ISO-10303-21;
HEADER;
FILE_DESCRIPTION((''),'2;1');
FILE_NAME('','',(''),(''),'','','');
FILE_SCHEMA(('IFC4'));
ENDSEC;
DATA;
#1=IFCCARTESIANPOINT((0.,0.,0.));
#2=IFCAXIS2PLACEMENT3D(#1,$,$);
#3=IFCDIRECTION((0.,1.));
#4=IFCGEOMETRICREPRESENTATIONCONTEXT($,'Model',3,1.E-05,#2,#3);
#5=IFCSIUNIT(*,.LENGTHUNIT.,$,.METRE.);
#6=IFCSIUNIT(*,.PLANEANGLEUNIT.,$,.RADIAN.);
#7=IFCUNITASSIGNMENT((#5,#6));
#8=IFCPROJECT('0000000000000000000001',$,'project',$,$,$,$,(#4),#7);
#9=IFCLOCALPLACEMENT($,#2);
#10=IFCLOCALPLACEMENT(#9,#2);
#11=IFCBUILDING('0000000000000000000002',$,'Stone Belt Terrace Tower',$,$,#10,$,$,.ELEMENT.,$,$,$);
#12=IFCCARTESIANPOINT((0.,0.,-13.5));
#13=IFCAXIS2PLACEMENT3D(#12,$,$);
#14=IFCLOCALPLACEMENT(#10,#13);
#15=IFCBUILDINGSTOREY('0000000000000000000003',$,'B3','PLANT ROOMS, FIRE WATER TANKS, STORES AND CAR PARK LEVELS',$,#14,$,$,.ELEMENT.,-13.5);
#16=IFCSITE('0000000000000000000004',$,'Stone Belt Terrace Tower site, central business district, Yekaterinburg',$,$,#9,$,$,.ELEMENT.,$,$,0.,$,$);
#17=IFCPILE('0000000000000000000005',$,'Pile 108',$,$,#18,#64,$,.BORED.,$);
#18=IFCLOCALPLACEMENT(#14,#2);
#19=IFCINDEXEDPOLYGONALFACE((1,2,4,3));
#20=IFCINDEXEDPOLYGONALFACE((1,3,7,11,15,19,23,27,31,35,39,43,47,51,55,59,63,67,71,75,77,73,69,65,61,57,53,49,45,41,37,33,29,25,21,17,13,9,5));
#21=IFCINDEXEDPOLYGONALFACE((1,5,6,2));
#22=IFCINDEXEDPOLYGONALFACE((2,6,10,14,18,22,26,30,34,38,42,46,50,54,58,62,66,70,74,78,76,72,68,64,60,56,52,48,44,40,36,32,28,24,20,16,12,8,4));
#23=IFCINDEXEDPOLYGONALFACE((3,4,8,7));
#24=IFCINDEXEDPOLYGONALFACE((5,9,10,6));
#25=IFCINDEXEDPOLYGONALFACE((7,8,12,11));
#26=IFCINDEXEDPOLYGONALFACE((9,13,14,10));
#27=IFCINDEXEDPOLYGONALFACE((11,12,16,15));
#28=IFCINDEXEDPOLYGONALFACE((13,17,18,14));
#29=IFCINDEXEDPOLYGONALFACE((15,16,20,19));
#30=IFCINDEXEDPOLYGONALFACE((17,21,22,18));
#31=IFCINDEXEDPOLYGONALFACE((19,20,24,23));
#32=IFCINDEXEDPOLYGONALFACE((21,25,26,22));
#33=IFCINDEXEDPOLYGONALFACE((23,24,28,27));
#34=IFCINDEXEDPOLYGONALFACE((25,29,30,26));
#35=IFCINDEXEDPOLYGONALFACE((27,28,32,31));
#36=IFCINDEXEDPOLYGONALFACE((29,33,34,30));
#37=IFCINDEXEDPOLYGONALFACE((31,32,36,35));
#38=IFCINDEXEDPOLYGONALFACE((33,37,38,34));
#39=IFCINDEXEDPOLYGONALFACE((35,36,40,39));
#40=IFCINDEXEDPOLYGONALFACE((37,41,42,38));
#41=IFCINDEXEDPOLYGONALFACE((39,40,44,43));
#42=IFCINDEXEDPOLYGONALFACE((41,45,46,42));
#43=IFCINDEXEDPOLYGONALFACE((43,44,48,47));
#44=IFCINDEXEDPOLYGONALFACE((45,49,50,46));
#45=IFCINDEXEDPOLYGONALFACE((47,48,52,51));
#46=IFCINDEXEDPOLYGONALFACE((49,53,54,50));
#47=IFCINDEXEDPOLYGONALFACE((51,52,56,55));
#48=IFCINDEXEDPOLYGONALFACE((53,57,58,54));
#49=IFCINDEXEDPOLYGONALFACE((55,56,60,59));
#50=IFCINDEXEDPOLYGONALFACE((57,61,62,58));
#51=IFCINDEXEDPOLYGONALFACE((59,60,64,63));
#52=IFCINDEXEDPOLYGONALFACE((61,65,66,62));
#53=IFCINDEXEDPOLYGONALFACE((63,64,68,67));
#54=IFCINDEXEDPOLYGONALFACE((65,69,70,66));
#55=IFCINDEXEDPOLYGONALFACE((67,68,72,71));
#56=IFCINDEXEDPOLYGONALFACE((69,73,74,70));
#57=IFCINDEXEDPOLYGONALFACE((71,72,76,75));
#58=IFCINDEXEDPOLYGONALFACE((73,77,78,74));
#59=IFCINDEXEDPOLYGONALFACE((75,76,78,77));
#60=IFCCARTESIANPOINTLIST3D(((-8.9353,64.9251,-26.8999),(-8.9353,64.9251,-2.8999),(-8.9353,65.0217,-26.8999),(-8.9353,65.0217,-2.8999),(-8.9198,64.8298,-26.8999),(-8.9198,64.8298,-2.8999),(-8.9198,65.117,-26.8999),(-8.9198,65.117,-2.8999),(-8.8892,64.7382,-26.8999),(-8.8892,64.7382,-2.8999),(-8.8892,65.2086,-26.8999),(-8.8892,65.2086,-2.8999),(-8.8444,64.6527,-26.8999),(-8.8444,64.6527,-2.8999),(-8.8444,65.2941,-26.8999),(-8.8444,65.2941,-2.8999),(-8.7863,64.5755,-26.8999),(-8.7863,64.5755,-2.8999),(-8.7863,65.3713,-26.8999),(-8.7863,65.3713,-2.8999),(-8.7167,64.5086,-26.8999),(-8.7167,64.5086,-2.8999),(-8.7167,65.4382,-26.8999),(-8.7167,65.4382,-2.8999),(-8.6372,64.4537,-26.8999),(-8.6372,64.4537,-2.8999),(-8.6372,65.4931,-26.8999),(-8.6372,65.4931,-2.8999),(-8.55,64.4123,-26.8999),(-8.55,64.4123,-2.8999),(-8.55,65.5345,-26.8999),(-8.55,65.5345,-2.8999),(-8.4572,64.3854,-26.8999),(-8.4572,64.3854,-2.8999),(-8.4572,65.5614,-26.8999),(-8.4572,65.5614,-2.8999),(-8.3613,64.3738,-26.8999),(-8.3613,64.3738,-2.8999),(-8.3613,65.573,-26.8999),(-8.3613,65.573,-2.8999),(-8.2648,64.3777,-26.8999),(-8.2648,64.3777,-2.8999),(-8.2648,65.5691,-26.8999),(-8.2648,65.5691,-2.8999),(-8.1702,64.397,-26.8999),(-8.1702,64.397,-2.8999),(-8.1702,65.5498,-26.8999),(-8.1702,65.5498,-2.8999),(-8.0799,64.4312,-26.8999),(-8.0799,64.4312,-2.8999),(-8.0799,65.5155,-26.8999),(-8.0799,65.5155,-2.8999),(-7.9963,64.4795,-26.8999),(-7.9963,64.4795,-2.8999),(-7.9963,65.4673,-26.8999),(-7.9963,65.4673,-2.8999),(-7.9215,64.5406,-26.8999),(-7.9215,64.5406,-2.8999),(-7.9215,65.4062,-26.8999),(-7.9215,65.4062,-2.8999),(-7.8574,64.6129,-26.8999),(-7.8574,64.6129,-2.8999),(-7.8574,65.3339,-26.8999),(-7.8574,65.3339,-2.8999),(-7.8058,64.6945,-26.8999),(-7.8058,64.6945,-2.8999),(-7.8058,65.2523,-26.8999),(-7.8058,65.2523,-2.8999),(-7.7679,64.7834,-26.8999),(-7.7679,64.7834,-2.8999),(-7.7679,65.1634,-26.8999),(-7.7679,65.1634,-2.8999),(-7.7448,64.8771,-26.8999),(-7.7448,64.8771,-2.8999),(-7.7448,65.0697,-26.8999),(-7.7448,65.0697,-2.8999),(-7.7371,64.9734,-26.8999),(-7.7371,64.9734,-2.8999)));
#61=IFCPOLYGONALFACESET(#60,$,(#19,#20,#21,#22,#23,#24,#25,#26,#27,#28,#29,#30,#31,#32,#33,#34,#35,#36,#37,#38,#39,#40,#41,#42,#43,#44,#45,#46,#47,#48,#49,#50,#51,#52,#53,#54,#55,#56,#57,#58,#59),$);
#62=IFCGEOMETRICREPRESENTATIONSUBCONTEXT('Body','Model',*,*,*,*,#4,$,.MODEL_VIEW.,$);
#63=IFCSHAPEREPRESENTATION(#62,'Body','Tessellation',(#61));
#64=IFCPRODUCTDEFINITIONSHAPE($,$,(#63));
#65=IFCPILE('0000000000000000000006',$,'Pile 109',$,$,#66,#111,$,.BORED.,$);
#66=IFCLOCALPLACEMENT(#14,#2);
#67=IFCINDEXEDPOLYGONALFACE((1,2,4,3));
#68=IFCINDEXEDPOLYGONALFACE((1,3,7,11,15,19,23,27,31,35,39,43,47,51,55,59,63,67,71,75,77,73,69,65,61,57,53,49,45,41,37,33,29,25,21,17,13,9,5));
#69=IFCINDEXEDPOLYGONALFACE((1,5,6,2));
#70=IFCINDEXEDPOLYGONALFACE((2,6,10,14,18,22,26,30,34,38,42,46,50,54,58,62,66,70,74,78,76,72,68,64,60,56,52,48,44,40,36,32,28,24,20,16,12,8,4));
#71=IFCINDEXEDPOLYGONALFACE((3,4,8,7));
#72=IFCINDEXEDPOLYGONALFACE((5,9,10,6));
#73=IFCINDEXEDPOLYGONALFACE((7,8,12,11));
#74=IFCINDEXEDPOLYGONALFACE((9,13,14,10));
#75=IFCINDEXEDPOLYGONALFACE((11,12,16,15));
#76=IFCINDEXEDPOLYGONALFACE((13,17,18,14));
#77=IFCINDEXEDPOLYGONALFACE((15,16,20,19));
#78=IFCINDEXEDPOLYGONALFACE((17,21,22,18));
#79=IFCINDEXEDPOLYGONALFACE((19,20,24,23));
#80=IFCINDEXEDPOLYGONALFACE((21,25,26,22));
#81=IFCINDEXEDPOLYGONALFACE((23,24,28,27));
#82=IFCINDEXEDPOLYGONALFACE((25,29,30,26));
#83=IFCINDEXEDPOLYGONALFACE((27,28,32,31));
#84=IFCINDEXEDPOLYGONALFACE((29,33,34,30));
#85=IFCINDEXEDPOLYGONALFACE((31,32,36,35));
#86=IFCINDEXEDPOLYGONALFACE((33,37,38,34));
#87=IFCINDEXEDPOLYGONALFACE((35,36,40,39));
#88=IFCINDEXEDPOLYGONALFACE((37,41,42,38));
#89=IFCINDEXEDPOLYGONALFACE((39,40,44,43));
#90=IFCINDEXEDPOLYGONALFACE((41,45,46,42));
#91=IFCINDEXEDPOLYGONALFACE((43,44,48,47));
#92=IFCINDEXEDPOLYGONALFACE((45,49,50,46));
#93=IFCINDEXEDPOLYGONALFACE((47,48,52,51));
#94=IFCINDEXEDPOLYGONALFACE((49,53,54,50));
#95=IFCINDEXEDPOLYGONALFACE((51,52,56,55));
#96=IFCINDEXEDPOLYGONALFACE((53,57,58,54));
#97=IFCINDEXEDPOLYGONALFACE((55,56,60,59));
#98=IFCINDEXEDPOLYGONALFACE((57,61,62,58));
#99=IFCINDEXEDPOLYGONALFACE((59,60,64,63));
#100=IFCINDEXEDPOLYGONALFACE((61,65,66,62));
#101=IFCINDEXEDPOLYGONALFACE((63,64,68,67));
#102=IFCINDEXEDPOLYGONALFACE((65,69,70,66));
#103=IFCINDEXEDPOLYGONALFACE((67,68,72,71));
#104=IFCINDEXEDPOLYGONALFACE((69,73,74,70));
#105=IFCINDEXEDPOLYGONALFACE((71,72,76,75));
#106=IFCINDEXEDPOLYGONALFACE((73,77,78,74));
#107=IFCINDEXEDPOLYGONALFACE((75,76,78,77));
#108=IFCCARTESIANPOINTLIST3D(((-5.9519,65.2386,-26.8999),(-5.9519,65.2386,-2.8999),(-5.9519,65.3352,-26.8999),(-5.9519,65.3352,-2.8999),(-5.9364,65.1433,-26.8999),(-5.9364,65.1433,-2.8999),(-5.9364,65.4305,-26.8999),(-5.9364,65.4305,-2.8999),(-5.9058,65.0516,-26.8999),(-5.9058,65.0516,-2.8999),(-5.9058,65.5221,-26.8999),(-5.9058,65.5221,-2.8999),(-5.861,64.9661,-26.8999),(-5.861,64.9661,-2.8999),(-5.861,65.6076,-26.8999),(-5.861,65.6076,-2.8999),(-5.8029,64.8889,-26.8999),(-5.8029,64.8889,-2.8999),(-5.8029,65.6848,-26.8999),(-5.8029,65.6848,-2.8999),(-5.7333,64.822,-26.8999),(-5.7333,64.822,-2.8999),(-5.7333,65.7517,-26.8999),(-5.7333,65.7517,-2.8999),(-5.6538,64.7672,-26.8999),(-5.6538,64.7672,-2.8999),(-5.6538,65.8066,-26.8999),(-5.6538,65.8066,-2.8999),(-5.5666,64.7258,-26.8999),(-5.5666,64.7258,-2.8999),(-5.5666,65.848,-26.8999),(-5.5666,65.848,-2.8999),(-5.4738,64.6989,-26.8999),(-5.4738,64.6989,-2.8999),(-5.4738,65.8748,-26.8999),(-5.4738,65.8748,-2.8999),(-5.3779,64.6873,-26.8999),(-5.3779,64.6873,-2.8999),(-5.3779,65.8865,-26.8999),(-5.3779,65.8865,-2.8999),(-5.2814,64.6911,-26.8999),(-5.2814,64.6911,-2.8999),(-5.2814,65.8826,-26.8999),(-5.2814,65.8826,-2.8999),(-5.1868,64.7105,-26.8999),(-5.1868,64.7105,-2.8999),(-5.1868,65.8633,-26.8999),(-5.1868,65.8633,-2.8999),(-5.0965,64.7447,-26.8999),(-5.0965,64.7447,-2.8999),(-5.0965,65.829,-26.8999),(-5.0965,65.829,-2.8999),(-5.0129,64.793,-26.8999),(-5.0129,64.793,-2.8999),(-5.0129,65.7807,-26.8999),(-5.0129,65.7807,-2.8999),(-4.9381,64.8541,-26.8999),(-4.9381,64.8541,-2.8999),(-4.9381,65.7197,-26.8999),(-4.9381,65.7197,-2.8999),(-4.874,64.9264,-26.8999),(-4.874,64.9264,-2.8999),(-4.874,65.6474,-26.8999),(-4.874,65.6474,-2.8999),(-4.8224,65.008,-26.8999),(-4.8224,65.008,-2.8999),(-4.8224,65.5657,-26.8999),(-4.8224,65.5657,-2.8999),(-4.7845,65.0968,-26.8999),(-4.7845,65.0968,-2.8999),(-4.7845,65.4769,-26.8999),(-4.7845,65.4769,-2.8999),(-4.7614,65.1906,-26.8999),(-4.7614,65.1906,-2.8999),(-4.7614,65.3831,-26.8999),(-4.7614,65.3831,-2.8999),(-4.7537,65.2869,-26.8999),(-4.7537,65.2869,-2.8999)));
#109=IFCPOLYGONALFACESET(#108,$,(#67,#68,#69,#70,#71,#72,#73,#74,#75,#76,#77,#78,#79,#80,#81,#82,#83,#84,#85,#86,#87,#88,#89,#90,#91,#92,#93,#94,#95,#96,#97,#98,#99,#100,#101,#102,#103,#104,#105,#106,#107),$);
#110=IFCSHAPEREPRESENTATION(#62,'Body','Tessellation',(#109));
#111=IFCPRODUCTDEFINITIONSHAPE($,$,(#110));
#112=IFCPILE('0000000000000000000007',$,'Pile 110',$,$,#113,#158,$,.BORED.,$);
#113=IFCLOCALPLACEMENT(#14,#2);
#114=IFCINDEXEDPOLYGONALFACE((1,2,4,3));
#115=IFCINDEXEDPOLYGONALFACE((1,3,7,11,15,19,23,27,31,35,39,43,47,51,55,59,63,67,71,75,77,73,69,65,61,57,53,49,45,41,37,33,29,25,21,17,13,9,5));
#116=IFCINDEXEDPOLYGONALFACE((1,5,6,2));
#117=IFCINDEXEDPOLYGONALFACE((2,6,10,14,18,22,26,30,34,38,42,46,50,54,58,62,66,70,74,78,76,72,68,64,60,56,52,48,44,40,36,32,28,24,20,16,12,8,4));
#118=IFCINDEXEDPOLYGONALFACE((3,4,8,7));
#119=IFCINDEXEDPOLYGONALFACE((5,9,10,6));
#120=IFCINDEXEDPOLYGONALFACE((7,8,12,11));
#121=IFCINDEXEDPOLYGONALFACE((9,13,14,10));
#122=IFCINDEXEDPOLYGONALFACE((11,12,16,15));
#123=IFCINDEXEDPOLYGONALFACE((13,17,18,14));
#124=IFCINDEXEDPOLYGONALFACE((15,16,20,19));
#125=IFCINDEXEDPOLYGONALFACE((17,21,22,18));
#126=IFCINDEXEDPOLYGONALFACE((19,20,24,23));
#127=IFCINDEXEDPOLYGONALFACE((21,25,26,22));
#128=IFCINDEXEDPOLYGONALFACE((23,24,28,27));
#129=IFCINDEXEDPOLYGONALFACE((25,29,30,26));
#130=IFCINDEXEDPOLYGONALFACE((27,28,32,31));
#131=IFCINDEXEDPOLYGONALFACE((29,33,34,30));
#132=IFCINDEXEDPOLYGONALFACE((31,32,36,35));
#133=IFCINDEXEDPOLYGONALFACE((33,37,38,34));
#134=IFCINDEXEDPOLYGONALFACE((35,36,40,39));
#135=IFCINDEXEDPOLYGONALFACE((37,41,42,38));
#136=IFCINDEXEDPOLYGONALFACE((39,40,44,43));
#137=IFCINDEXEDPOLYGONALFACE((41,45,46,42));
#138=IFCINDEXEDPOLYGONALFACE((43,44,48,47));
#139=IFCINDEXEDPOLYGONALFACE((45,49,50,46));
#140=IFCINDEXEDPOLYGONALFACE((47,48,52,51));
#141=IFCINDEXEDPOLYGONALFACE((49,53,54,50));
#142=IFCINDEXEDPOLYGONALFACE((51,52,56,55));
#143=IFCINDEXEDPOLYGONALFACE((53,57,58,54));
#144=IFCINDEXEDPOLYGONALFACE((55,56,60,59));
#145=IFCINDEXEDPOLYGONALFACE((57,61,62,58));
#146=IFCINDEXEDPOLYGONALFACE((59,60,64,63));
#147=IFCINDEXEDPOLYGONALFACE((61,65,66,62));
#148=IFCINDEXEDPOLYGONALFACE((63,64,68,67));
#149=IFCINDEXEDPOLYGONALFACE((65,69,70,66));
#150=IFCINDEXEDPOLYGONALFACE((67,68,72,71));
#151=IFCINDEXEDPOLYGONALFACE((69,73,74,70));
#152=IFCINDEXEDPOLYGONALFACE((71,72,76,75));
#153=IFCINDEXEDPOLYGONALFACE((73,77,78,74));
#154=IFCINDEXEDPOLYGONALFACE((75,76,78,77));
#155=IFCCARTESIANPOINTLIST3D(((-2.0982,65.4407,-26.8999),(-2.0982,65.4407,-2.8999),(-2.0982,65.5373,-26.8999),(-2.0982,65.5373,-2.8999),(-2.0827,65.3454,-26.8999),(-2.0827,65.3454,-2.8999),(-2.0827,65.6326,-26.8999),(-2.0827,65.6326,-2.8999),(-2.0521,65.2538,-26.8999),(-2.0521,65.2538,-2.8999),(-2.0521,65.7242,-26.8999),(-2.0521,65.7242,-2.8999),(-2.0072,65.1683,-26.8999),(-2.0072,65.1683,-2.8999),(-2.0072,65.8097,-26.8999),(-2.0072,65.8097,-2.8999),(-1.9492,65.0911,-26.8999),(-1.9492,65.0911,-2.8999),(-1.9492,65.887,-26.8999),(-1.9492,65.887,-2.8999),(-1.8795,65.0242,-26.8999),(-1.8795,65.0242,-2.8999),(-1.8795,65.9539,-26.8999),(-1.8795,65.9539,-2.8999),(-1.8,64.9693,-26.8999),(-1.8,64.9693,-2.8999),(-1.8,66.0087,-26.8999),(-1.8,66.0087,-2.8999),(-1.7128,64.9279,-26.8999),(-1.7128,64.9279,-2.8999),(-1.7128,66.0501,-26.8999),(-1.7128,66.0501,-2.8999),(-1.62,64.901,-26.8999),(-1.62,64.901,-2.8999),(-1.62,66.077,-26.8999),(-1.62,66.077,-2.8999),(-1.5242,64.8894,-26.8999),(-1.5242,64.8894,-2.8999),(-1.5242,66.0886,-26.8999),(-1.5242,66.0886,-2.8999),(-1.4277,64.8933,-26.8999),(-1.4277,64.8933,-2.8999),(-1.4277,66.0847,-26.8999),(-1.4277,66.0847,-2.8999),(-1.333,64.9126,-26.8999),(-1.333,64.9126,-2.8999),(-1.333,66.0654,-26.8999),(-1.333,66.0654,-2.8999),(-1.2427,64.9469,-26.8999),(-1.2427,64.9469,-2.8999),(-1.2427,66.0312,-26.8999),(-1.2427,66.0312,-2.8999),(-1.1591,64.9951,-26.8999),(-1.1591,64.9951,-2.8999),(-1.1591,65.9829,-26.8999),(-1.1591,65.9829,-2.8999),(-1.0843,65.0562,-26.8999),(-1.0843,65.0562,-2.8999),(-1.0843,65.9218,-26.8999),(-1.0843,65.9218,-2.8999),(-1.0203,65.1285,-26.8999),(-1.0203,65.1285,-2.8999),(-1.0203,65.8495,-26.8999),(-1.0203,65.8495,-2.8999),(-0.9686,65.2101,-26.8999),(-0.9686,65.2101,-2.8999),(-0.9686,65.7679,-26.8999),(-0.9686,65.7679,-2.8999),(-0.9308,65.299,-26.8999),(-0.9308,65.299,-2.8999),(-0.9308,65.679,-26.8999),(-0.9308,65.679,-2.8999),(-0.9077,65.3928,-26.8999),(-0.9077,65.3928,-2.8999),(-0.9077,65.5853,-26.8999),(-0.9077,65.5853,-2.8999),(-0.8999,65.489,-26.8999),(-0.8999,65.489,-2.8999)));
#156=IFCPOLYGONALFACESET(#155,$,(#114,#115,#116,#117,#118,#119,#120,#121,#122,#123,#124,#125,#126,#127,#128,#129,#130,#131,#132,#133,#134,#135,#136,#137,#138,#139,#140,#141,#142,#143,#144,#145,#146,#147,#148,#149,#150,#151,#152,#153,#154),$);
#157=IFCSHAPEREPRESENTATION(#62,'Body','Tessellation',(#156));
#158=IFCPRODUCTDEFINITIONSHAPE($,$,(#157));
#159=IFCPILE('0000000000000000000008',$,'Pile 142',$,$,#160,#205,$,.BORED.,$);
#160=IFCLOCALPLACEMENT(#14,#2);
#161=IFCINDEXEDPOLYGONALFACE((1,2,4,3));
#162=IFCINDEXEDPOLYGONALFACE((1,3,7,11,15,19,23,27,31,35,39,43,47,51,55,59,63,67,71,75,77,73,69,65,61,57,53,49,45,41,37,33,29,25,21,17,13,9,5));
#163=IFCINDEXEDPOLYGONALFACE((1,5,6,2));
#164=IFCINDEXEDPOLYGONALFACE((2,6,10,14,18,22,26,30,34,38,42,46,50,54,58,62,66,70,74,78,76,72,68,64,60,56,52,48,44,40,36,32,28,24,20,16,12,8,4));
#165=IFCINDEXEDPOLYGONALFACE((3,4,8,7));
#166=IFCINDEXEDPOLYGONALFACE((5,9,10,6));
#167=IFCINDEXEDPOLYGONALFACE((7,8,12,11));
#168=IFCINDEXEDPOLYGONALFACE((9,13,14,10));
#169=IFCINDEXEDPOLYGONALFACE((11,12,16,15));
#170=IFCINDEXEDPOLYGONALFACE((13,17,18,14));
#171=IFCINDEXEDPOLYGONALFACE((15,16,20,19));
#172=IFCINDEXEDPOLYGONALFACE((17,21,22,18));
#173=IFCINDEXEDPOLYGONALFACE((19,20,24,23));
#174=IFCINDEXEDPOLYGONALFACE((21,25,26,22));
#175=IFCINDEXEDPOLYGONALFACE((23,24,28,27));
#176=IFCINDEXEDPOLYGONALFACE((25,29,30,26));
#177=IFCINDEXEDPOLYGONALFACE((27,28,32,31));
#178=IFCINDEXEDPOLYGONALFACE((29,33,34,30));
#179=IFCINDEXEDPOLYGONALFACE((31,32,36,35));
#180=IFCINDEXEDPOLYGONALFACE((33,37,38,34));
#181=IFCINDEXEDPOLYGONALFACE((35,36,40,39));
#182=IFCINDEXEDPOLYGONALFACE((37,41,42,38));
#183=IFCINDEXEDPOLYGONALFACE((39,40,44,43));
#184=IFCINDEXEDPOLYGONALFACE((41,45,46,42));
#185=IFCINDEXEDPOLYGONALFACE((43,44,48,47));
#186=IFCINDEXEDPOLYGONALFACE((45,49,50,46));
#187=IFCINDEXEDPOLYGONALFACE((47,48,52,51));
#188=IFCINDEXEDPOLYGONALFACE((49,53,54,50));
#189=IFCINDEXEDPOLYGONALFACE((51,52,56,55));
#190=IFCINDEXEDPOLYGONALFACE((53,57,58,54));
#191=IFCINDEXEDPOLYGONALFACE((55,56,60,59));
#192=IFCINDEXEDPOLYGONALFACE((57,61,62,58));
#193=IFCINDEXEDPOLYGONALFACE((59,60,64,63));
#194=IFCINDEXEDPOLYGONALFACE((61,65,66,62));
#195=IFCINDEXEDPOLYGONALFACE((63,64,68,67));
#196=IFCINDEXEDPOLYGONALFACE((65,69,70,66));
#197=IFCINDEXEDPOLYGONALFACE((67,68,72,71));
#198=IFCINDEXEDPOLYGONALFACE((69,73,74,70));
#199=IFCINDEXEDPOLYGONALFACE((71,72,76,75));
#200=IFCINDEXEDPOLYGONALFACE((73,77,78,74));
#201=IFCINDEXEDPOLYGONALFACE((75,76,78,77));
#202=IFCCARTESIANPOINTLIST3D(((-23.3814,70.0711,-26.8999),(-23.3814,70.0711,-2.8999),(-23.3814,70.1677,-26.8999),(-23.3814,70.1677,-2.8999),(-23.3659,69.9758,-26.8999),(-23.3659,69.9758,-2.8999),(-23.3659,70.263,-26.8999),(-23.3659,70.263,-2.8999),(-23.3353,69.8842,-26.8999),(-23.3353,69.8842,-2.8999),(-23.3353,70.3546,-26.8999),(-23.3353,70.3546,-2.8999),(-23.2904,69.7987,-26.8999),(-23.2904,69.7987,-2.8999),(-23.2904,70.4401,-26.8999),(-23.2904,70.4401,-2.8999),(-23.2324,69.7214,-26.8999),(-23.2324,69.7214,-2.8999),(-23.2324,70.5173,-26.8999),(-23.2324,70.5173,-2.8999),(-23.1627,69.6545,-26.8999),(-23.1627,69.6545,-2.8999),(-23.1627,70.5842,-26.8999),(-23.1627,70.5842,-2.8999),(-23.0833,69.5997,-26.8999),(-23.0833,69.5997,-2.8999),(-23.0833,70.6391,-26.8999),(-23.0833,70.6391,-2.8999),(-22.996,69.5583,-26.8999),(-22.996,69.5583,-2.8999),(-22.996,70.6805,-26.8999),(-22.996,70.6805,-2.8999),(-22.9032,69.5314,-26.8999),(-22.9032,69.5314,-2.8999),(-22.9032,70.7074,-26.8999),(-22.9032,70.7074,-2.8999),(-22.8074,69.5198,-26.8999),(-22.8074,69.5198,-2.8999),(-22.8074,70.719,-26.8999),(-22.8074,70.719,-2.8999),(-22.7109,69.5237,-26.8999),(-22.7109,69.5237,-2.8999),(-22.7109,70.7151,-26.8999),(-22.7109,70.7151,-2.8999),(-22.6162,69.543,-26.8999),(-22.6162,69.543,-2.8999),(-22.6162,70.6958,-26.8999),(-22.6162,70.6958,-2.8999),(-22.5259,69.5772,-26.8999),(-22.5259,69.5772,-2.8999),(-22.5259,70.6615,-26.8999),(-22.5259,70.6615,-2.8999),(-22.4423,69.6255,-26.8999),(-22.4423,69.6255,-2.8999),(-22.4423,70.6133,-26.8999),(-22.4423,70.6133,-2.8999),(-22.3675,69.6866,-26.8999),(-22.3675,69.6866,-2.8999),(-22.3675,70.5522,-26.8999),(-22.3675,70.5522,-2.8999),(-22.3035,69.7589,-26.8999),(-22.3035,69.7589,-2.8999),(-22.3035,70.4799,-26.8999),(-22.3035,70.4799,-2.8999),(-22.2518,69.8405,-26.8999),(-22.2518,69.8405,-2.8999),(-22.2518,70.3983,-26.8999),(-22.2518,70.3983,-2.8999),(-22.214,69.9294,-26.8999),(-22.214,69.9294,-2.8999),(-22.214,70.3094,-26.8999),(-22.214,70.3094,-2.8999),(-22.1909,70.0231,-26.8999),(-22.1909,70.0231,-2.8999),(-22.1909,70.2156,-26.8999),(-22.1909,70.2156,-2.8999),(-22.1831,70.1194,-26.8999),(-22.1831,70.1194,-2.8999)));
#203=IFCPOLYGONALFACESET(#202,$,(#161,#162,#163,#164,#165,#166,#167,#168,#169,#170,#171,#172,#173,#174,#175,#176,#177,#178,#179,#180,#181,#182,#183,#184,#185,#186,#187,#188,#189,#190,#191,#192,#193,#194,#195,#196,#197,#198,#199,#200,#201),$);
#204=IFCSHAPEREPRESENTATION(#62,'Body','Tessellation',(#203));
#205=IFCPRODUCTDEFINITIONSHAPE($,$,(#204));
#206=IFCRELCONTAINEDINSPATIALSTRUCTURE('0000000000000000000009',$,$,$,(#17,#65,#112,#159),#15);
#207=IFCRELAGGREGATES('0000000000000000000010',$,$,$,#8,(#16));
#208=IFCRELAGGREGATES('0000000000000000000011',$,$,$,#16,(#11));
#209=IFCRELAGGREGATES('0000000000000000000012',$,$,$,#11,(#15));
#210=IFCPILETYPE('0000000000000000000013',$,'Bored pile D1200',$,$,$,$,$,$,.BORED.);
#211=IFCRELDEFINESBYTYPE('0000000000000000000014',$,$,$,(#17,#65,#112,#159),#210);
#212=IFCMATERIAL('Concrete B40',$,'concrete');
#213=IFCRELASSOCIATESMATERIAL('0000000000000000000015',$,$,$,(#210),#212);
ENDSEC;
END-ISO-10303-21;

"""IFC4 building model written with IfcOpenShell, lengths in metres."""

from ifc_helpers import new_model, si_unit, direction, frame, origin, origin_2d, place, context, subcontext, project, spatial, circle, extrude, material, material_profile, profile_set, type_object, element, save


model = new_model("IFC4")

# Units and contexts
model_context = context("Model", 3, precision=1e-05, world=origin(), true_north=direction((0.0, 1.0)))
body_context = subcontext(model_context, "Body", "Model", "MODEL_VIEW")
ifc_project = project(units=[si_unit("LENGTHUNIT", "METRE"), si_unit("PLANEANGLEUNIT", "RADIAN")], contexts=[model_context])

# Site, building, storey
site_placement = place(None, origin())
site = spatial("IfcSite", under=ifc_project, at=site_placement, Name="Stone Belt Terrace Tower site, central business district, Yekaterinburg", CompositionType="ELEMENT", RefElevation=0.0)
building_placement = place(site_placement, origin())
building = spatial("IfcBuilding", under=site, at=building_placement, Name="Stone Belt Terrace Tower", CompositionType="ELEMENT")
storey_placement = place(building_placement, frame((0.0, 0.0, -13.5)))
storey = spatial("IfcBuildingStorey", under=building, at=storey_placement, Name="B3", Description="PLANT ROOMS, FIRE WATER TANKS, STORES AND CAR PARK LEVELS", CompositionType="ELEMENT", Elevation=-13.5)

# Piles
ifc_material_1 = material(Name="Concrete B40", Category="concrete")
ifc_material_profile_1 = material_profile(ifc_material_1, circle(Radius=0.6001, at=origin_2d()), Name="PILE D1200")
ifc_profile_set_1 = profile_set([ifc_material_profile_1], Name="Concrete B40")
pile_type = type_object("IfcPileType", Name="Bored pile D1200", PredefinedType="BORED", material=ifc_profile_set_1)
for number, where, z_axis, x_axis, name in (
    (1, (-8.3372, 64.9734, -2.8999), (0.0, 0.0, -1.0), (1.0, 0.0, 0.0), "Pile 108"),
    (2, (-5.3538, 65.2869, -2.8999), (0.0, 0.0, -1.0), (1.0, 0.0, 0.0), "Pile 109"),
    (3, (-1.5, 65.489, -2.8999), (0.0, 0.0, -1.0), (1.0, 0.0, 0.0), "Pile 110"),
    (4, (-22.7832, 70.1194, -2.8999), (0.0, 0.0, -1.0), (1.0, 0.0, 0.0), "Pile 142"),
):
    element("IfcPile", number, at=place(storey_placement, frame(where, z_axis=z_axis, x_axis=x_axis)), inside=storey, type_object=pile_type, Name=name, PredefinedType="BORED", context=body_context, shape_type="SweptSolid", body=[
        extrude(circle(Radius=0.6001, at=origin_2d()), origin(), (0.0, 0.0, 1.0), 24.0),
    ])

save(model, "model.ifc")
